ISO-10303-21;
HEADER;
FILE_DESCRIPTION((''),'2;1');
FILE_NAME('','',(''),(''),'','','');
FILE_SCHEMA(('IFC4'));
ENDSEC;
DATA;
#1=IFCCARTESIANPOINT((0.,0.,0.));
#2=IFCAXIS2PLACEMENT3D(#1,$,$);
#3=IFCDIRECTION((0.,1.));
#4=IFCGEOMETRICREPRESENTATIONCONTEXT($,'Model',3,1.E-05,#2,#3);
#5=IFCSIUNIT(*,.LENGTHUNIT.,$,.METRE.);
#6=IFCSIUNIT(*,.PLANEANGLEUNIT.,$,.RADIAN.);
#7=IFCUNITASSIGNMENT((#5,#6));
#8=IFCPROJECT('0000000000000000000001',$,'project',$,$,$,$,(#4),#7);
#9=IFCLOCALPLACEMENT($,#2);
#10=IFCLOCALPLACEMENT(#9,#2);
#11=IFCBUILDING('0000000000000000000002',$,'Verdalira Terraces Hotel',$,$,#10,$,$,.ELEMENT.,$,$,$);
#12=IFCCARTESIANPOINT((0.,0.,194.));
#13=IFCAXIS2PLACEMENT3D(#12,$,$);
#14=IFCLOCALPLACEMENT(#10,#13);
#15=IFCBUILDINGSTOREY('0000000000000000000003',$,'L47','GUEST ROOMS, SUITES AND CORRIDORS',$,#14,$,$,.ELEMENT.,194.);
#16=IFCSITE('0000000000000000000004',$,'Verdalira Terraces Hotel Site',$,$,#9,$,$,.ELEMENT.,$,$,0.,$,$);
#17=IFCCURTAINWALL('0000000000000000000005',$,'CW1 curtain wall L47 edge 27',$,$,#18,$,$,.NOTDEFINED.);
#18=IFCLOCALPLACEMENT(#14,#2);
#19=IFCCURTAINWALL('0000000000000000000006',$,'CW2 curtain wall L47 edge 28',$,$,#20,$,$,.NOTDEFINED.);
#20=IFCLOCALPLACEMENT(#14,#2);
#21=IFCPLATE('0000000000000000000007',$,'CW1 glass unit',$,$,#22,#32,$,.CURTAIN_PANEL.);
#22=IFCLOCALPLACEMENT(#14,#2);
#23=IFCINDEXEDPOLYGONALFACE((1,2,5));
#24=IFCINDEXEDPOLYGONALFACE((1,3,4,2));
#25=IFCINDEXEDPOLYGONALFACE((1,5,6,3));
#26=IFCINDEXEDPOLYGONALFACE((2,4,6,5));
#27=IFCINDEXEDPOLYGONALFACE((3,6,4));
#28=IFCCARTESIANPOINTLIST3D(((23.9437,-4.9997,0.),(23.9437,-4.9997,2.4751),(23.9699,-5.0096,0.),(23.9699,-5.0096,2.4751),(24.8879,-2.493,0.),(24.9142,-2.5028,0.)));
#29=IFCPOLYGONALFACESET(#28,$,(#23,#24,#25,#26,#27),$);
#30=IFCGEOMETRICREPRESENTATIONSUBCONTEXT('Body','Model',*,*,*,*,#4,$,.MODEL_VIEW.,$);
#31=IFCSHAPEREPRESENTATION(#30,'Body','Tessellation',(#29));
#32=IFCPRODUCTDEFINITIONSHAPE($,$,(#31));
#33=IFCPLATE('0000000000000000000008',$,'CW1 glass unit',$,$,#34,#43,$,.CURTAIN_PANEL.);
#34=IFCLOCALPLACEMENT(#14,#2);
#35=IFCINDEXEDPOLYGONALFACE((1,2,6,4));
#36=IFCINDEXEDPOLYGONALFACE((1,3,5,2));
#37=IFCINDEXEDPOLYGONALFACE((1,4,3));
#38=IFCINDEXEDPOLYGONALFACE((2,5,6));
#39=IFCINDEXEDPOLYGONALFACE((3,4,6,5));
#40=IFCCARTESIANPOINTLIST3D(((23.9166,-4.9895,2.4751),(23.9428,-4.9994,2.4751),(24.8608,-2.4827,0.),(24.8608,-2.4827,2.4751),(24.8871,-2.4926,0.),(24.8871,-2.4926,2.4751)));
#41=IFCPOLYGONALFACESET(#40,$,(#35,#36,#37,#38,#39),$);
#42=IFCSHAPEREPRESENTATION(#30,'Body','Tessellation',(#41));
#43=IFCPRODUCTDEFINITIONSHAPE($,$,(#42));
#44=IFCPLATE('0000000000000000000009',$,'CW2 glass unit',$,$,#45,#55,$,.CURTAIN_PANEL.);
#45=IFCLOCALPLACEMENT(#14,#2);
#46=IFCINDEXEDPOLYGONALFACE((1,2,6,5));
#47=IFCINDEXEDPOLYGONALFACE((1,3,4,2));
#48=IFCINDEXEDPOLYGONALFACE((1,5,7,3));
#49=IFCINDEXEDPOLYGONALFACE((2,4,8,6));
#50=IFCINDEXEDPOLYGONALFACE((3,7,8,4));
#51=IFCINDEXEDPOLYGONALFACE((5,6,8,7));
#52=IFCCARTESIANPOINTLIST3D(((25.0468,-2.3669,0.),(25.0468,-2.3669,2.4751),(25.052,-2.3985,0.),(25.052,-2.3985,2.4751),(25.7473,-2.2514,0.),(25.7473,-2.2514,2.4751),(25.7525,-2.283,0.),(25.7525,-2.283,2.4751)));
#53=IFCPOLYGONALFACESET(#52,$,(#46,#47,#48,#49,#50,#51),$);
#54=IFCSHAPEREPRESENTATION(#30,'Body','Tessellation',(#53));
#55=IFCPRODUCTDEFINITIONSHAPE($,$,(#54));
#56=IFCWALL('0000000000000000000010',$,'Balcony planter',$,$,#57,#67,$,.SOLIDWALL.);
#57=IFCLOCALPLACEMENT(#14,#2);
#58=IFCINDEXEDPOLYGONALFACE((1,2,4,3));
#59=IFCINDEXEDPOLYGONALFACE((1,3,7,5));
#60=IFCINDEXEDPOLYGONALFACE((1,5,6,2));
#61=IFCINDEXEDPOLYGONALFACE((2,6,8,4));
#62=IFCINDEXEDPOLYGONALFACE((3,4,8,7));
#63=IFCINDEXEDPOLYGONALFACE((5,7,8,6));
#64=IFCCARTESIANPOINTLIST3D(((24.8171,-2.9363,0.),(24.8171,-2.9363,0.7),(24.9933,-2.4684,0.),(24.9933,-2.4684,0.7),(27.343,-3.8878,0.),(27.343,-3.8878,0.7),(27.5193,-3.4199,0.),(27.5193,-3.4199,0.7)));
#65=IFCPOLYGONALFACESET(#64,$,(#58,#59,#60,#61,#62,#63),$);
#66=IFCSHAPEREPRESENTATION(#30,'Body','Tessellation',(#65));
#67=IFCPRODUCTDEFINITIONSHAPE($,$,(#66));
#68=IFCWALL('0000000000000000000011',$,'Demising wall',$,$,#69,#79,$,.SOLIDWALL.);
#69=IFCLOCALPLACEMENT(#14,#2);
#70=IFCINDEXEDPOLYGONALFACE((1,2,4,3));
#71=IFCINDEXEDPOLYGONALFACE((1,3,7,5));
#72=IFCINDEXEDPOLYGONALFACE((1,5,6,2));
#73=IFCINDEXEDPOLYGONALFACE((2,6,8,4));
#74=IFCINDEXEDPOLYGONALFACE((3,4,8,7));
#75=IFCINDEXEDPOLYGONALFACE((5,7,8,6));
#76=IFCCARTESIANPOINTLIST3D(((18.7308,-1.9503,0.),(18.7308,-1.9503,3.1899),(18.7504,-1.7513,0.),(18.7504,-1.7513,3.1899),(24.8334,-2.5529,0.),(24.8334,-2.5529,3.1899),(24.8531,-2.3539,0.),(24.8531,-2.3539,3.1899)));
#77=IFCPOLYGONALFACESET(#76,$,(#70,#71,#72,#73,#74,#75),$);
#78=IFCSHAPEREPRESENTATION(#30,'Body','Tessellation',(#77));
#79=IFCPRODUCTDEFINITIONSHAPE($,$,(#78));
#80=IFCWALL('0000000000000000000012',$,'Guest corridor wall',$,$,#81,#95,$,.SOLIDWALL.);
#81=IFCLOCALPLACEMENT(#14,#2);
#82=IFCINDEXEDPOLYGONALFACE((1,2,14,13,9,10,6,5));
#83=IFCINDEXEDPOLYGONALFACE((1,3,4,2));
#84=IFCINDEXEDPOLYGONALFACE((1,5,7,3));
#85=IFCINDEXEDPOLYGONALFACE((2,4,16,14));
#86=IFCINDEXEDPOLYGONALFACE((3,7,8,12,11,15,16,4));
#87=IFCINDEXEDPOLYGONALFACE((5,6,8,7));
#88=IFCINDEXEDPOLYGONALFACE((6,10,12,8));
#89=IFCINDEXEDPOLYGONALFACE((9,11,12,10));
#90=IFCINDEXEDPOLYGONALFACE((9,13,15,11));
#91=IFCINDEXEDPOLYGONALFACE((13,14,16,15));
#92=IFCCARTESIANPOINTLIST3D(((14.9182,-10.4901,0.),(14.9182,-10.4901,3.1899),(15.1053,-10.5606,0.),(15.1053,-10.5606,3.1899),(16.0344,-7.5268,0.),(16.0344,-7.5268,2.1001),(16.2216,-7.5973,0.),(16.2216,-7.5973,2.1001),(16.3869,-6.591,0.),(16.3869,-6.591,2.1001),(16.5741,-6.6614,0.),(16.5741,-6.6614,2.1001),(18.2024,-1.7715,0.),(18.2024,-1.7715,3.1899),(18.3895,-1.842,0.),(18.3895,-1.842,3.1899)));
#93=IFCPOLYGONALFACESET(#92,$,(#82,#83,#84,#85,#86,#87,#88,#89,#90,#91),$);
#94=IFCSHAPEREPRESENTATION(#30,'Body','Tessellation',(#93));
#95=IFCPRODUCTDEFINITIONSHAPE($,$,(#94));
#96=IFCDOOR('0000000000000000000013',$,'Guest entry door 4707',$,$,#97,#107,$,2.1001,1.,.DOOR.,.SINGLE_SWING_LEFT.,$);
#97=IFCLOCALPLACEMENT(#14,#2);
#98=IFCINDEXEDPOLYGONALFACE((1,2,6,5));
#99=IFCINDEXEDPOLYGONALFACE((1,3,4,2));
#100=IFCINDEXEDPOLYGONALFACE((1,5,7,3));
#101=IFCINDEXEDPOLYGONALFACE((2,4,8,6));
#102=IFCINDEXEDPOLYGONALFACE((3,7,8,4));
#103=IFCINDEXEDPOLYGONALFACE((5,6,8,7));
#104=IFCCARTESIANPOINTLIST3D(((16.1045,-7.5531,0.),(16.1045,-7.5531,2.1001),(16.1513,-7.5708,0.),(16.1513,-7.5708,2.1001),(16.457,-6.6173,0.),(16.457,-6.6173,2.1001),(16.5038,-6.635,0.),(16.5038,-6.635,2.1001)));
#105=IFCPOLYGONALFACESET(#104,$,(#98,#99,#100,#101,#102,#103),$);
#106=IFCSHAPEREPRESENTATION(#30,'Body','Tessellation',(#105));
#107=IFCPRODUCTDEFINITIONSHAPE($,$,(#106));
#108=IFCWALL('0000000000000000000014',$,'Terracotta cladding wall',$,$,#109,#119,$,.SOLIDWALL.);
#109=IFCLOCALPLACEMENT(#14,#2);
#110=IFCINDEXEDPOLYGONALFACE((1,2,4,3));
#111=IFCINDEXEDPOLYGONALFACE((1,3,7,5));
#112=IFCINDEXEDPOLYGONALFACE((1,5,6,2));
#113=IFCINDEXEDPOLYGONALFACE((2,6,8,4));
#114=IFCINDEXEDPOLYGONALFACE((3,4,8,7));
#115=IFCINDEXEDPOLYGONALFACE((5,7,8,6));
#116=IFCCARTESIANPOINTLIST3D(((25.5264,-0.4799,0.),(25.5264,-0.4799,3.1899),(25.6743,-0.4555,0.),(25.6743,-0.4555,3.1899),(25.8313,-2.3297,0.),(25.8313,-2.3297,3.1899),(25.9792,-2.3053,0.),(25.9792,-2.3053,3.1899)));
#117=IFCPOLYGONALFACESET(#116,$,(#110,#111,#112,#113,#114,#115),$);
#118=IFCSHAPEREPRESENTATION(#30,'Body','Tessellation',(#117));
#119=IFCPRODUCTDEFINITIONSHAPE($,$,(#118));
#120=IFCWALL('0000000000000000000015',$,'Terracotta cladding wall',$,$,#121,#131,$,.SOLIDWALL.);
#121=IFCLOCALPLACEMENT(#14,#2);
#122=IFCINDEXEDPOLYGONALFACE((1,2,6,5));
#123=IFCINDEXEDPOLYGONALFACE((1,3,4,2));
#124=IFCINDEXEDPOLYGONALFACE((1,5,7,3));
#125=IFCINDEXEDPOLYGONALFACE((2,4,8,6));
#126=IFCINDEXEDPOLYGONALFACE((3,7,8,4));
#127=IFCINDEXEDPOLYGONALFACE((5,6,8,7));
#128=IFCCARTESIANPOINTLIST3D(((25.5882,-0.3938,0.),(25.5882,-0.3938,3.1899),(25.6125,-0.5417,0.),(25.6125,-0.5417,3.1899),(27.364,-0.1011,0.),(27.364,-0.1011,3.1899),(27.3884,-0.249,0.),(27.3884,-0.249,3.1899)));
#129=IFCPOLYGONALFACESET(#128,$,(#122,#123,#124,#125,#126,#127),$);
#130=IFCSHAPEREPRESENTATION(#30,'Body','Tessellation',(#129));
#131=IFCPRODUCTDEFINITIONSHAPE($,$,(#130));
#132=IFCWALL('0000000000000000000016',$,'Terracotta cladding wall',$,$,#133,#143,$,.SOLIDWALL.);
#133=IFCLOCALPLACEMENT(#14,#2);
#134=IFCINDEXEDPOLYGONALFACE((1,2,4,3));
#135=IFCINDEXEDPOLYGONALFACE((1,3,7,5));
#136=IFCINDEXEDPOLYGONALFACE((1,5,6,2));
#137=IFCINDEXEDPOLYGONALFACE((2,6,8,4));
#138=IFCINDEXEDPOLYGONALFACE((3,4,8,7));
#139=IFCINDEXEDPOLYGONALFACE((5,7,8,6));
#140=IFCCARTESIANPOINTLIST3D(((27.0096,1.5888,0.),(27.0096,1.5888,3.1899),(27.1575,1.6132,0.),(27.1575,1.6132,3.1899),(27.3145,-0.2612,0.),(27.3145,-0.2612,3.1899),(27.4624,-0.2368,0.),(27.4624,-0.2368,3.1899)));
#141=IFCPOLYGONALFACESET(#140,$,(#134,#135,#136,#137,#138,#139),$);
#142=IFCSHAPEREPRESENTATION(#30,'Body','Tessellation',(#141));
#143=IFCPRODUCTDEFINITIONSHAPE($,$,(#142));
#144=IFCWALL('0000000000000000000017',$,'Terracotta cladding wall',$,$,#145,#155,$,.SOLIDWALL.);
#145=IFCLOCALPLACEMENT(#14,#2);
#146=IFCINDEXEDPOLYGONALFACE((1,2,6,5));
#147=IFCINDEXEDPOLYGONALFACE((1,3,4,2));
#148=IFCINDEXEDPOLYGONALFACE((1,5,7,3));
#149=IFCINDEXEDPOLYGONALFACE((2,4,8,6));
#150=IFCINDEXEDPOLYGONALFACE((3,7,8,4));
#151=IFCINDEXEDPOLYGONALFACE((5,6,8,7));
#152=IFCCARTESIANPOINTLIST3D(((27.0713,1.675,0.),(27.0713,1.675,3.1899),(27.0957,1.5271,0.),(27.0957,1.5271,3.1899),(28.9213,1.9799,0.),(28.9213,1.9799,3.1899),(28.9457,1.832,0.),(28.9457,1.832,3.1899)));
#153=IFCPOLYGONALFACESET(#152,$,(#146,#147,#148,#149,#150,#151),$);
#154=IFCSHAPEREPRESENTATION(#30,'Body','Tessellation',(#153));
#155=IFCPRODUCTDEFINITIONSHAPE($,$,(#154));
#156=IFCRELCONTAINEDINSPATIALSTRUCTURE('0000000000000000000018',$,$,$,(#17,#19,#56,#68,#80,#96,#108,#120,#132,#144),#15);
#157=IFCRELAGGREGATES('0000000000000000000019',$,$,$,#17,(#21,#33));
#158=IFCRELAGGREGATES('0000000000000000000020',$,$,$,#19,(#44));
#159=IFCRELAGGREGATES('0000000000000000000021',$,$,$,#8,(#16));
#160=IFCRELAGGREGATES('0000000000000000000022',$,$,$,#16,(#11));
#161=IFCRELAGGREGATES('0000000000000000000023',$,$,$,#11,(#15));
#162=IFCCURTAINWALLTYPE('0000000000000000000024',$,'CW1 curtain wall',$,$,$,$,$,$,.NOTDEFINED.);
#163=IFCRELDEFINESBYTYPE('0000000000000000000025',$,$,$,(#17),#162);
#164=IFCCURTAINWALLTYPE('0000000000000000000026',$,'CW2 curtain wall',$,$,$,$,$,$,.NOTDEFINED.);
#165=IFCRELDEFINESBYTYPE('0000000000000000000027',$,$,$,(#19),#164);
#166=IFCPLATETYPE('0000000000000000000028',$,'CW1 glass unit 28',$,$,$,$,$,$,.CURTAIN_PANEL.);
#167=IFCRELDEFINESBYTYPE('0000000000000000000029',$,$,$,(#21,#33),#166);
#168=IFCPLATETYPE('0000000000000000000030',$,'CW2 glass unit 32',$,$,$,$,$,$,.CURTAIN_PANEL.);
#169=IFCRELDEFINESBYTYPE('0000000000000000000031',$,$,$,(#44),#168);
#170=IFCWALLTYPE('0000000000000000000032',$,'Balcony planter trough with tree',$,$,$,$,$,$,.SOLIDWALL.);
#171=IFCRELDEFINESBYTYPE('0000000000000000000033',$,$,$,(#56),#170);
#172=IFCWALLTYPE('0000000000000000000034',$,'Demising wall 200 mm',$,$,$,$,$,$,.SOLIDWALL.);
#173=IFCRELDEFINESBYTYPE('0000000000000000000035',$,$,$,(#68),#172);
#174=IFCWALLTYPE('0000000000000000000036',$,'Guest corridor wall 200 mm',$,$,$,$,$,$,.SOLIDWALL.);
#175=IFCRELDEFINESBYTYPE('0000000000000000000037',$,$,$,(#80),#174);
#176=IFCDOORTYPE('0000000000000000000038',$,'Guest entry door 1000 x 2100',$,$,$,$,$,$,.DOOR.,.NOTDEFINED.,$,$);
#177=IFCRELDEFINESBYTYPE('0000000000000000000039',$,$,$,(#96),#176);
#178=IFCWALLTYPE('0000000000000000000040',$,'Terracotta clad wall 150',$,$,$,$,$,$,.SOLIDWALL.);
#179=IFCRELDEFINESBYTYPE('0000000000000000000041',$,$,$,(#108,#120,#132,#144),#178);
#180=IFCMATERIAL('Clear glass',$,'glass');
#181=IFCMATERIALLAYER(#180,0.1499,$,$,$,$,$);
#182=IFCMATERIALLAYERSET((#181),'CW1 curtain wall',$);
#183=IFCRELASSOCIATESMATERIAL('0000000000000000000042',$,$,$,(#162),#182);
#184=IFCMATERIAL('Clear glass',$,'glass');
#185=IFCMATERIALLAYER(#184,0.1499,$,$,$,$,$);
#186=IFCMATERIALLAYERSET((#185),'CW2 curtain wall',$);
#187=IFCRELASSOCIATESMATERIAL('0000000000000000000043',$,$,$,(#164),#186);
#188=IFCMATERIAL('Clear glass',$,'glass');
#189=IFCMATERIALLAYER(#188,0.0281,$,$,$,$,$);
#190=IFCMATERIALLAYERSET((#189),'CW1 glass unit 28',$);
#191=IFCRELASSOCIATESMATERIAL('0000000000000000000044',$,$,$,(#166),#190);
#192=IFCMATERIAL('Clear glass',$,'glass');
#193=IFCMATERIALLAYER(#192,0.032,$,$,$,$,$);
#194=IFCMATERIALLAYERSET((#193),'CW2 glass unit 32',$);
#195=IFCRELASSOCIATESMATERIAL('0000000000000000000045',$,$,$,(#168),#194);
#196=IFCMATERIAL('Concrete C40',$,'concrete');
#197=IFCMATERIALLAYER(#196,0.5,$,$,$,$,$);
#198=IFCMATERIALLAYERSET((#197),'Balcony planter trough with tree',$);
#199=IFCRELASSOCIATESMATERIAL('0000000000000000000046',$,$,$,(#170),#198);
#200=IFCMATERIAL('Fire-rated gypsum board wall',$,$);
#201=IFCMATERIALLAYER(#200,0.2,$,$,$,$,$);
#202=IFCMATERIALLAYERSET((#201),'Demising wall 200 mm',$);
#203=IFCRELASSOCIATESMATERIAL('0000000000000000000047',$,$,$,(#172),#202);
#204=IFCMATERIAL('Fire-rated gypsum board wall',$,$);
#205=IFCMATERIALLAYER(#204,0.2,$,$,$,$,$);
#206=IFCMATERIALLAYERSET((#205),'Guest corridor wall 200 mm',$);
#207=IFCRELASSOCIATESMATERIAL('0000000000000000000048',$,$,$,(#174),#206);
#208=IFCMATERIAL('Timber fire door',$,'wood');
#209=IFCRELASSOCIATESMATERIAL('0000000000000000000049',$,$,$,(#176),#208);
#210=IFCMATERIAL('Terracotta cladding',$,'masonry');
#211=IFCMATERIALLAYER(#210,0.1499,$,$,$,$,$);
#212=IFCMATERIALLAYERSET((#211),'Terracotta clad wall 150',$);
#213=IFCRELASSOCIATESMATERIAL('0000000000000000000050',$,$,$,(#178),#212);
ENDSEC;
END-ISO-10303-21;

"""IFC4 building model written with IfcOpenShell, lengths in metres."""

from ifc_helpers import new_model, si_unit, direction, frame, frame_2d, origin, origin_2d, place, context, subcontext, project, spatial, polyline, rectangle, outline, extrude, material, layer, layer_set, type_object, element, fill, aggregate, save


model = new_model("IFC4")

# Units and contexts
model_context = context("Model", 3, precision=1e-05, world=origin(), true_north=direction((0.0, 1.0)))
body_context = subcontext(model_context, "Body", "Model", "MODEL_VIEW")
ifc_project = project(units=[si_unit("LENGTHUNIT", "METRE"), si_unit("PLANEANGLEUNIT", "RADIAN")], contexts=[model_context])

# Site, building, storey
site_placement = place(None, origin())
site = spatial("IfcSite", under=ifc_project, at=site_placement, Name="Verdalira Terraces Hotel Site", CompositionType="ELEMENT", RefElevation=0.0)
building_placement = place(site_placement, origin())
building = spatial("IfcBuilding", under=site, at=building_placement, Name="Verdalira Terraces Hotel", CompositionType="ELEMENT")
storey_placement = place(building_placement, frame((0.0, 0.0, 194.0)))
storey = spatial("IfcBuildingStorey", under=building, at=storey_placement, Name="L47", Description="GUEST ROOMS, SUITES AND CORRIDORS", CompositionType="ELEMENT", Elevation=194.0)

# Curtain wall
ifc_material_1 = material(Name="Clear glass", Category="glass")
ifc_layer_1 = layer(ifc_material_1, 0.1499)
ifc_layer_set_1 = layer_set([ifc_layer_1], Name="CW1 curtain wall")
curtain_wall_type_1 = type_object("IfcCurtainWallType", Name="CW1 curtain wall", PredefinedType="NOTDEFINED", material=ifc_layer_set_1)
curtain_wall_1_placement = place(storey_placement, origin())
curtain_wall_1 = element("IfcCurtainWall", 1, at=curtain_wall_1_placement, inside=storey, type_object=curtain_wall_type_1, Name="CW1 curtain wall L47 edge 27", PredefinedType="NOTDEFINED")

# Curtain wall
ifc_material_2 = material(Name="Clear glass", Category="glass")
ifc_layer_2 = layer(ifc_material_2, 0.1499)
ifc_layer_set_2 = layer_set([ifc_layer_2], Name="CW2 curtain wall")
curtain_wall_type_2 = type_object("IfcCurtainWallType", Name="CW2 curtain wall", PredefinedType="NOTDEFINED", material=ifc_layer_set_2)
curtain_wall_2_placement = place(storey_placement, origin())
curtain_wall_2 = element("IfcCurtainWall", 2, at=curtain_wall_2_placement, inside=storey, type_object=curtain_wall_type_2, Name="CW2 curtain wall L47 edge 28", PredefinedType="NOTDEFINED")

# Plates
ifc_material_3 = material(Name="Clear glass", Category="glass")
ifc_layer_3 = layer(ifc_material_3, 0.0281)
ifc_layer_set_3 = layer_set([ifc_layer_3], Name="CW1 glass unit 28")
plate_type_1 = type_object("IfcPlateType", Name="CW1 glass unit 28", PredefinedType="CURTAIN_PANEL", material=ifc_layer_set_3)
plate_1_placement = place(storey_placement, frame((24.4158, -3.7463, 1.2375), z_axis=(0.935814, -0.352495, 0.0), x_axis=(0.352495, 0.935814, 0.0)))
plate_1 = element("IfcPlate", 3, at=plate_1_placement, type_object=plate_type_1, Name="CW1 glass unit", PredefinedType="CURTAIN_PANEL", context=body_context, shape_type="SweptSolid", body=[
    extrude(outline(polyline([(-1.3394, -1.2375), (1.3394, -1.2375), (-1.3394, 1.2375), (-1.3394, -1.2375)])), origin(), (0.0, 0.0, 1.0), 0.0281),
])
plate_2_placement = place(storey_placement, frame((24.3887, -3.7361, 1.2375), z_axis=(0.935814, -0.352495, 0.0), x_axis=(0.352495, 0.935814, 0.0)))
plate_2 = element("IfcPlate", 4, at=plate_2_placement, type_object=plate_type_1, Name="CW1 glass unit", PredefinedType="CURTAIN_PANEL", context=body_context, shape_type="SweptSolid", body=[
    extrude(outline(polyline([(1.3394, -1.2375), (1.3394, 1.2375), (-1.3394, 1.2375), (1.3394, -1.2375)])), origin(), (0.0, 0.0, 1.0), 0.0281),
])
aggregate(curtain_wall_1, [plate_1, plate_2])
ifc_material_4 = material(Name="Clear glass", Category="glass")
ifc_layer_4 = layer(ifc_material_4, 0.032)
ifc_layer_set_4 = layer_set([ifc_layer_4], Name="CW2 glass unit 32")
plate_type_2 = type_object("IfcPlateType", Name="CW2 glass unit 32", PredefinedType="CURTAIN_PANEL", material=ifc_layer_set_4)
plate_3_placement = place(storey_placement, frame((25.3997, -2.325, 0.0), z_axis=(0.0, 0.0, 1.0), x_axis=(0.986686, 0.162637, 0.0)))
plate_3 = element("IfcPlate", 5, at=plate_3_placement, type_object=plate_type_2, Name="CW2 glass unit", PredefinedType="CURTAIN_PANEL", context=body_context, shape_type="SweptSolid", body=[
    extrude(rectangle(XDim=0.71, YDim=0.032, at=origin_2d()), origin(), (0.0, 0.0, 1.0), 2.4751),
])
aggregate(curtain_wall_2, [plate_3])

# Walls
ifc_material_5 = material(Name="Concrete C40", Category="concrete")
ifc_layer_5 = layer(ifc_material_5, 0.5)
ifc_layer_set_5 = layer_set([ifc_layer_5], Name="Balcony planter trough with tree")
wall_type_1 = type_object("IfcWallType", Name="Balcony planter trough with tree", PredefinedType="SOLIDWALL", material=ifc_layer_set_5)
wall_1_placement = place(storey_placement, frame((27.4312, -3.6538, 0.0), z_axis=(0.0, 0.0, 1.0), x_axis=(-0.935815, 0.352491, 0.0)))
element("IfcWall", 6, at=wall_1_placement, inside=storey, type_object=wall_type_1, Name="Balcony planter", PredefinedType="SOLIDWALL", context=body_context, shape_type="SweptSolid", body=[
    extrude(rectangle(XDim=2.6992, YDim=0.5, at=frame_2d((1.3496, 0.0))), origin(), (0.0, 0.0, 1.0), 0.7),
])
ifc_material_6 = material(Name="Fire-rated gypsum board wall")
ifc_layer_6 = layer(ifc_material_6, 0.2)
ifc_layer_set_6 = layer_set([ifc_layer_6], Name="Demising wall 200 mm")
wall_type_2 = type_object("IfcWallType", Name="Demising wall 200 mm", PredefinedType="SOLIDWALL", material=ifc_layer_set_6)
wall_2_placement = place(storey_placement, frame((24.8433, -2.4534, 0.0), z_axis=(0.0, 0.0, 1.0), x_axis=(-0.995161, 0.098258, 0.0)))
element("IfcWall", 7, at=wall_2_placement, inside=storey, type_object=wall_type_2, Name="Demising wall", PredefinedType="SOLIDWALL", context=body_context, shape_type="SweptSolid", body=[
    extrude(rectangle(XDim=6.1323, YDim=0.2, at=frame_2d((3.0662, 0.0))), origin(), (0.0, 0.0, 1.0), 3.1899),
])

# Wall, opening, door
ifc_material_7 = material(Name="Fire-rated gypsum board wall")
ifc_layer_7 = layer(ifc_material_7, 0.2)
ifc_layer_set_7 = layer_set([ifc_layer_7], Name="Guest corridor wall 200 mm")
wall_type_3 = type_object("IfcWallType", Name="Guest corridor wall 200 mm", PredefinedType="SOLIDWALL", material=ifc_layer_set_7)
wall_3_placement = place(storey_placement, frame((18.2959, -1.8069, 0.0), z_axis=(0.0, 0.0, 1.0), x_axis=(-0.35251, -0.935808, 0.0)))
wall_3 = element("IfcWall", 8, at=wall_3_placement, inside=storey, type_object=wall_type_3, Name="Guest corridor wall", PredefinedType="SOLIDWALL", context=body_context, shape_type="SweptSolid", body=[
    extrude(rectangle(XDim=9.3166, YDim=0.2, at=frame_2d((4.6582, 0.0))), origin(), (0.0, 0.0, 1.0), 3.1899),
])
opening_1_placement = place(wall_3_placement, frame((5.1499, 0.0, 0.0)))
opening_1 = element("IfcOpeningElement", 9, at=opening_1_placement, cuts=wall_3, PredefinedType="OPENING", context=body_context, shape_type="SweptSolid", body=[
    extrude(rectangle(XDim=1.0, YDim=2.1001, at=frame_2d((0.5, 1.05))), frame((0.0, 0.1099, 0.0), z_axis=(0.0, -1.0, 0.0), x_axis=(1.0, 0.0, 0.0)), (0.0, 0.0, 1.0), 0.22),
])
ifc_material_8 = material(Name="Timber fire door", Category="wood")
door_type_1 = type_object("IfcDoorType", Name="Guest entry door 1000 x 2100", OperationType="NOTDEFINED", PredefinedType="DOOR", material=ifc_material_8)
door_1_placement = place(opening_1_placement, origin())
door_1 = element("IfcDoor", 10, at=door_1_placement, inside=storey, type_object=door_type_1, Name="Guest entry door 4707", OperationType="SINGLE_SWING_LEFT", OverallHeight=2.1001, OverallWidth=1.0, PredefinedType="DOOR", context=body_context, shape_type="SweptSolid", body=[
    extrude(rectangle(XDim=1.0, YDim=2.1001, at=frame_2d((0.5, 1.05))), frame((0.0, 0.0249, 0.0), z_axis=(0.0, -1.0, 0.0), x_axis=(1.0, 0.0, 0.0)), (0.0, 0.0, 1.0), 0.05),
])
fill(opening_1, door_1)

# Walls
ifc_material_9 = material(Name="Terracotta cladding", Category="masonry")
ifc_layer_8 = layer(ifc_material_9, 0.1499)
ifc_layer_set_8 = layer_set([ifc_layer_8], Name="Terracotta clad wall 150")
wall_type_4 = type_object("IfcWallType", Name="Terracotta clad wall 150", PredefinedType="SOLIDWALL", material=ifc_layer_set_8)
wall_4_placement = place(storey_placement, frame((25.9053, -2.3176, 0.0), z_axis=(0.0, 0.0, 1.0), x_axis=(-0.162646, 0.986684, 0.0)))
element("IfcWall", 11, at=wall_4_placement, inside=storey, type_object=wall_type_4, Name="Terracotta cladding wall", PredefinedType="SOLIDWALL", context=body_context, shape_type="SweptSolid", body=[
    extrude(rectangle(XDim=1.8748, YDim=0.1499, at=frame_2d((0.9375, 0.0))), origin(), (0.0, 0.0, 1.0), 3.1899),
])
wall_5_placement = place(storey_placement, frame((25.6003, -0.4678, 0.0), z_axis=(0.0, 0.0, 1.0), x_axis=(0.986686, 0.162639, 0.0)))
element("IfcWall", 12, at=wall_5_placement, inside=storey, type_object=wall_type_4, Name="Terracotta cladding wall", PredefinedType="SOLIDWALL", context=body_context, shape_type="SweptSolid", body=[
    extrude(rectangle(XDim=1.7998, YDim=0.1499, at=frame_2d((0.8999, 0.0))), origin(), (0.0, 0.0, 1.0), 3.1899),
])
for number, where, z_axis, x_axis, name in (
    (13, (27.3884, -0.249, 0.0), (0.0, 0.0, 1.0), (-0.162625, 0.986688, 0.0), "Terracotta cladding wall"),
    (14, (27.0835, 1.6011, 0.0), (0.0, 0.0, 1.0), (0.986688, 0.162625, 0.0), "Terracotta cladding wall"),
):
    element("IfcWall", number, at=place(storey_placement, frame(where, z_axis=z_axis, x_axis=x_axis)), inside=storey, type_object=wall_type_4, Name=name, PredefinedType="SOLIDWALL", context=body_context, shape_type="SweptSolid", body=[
        extrude(rectangle(XDim=1.875, YDim=0.1499, at=frame_2d((0.9375, 0.0))), origin(), (0.0, 0.0, 1.0), 3.1899),
    ])

save(model, "model.ifc")
